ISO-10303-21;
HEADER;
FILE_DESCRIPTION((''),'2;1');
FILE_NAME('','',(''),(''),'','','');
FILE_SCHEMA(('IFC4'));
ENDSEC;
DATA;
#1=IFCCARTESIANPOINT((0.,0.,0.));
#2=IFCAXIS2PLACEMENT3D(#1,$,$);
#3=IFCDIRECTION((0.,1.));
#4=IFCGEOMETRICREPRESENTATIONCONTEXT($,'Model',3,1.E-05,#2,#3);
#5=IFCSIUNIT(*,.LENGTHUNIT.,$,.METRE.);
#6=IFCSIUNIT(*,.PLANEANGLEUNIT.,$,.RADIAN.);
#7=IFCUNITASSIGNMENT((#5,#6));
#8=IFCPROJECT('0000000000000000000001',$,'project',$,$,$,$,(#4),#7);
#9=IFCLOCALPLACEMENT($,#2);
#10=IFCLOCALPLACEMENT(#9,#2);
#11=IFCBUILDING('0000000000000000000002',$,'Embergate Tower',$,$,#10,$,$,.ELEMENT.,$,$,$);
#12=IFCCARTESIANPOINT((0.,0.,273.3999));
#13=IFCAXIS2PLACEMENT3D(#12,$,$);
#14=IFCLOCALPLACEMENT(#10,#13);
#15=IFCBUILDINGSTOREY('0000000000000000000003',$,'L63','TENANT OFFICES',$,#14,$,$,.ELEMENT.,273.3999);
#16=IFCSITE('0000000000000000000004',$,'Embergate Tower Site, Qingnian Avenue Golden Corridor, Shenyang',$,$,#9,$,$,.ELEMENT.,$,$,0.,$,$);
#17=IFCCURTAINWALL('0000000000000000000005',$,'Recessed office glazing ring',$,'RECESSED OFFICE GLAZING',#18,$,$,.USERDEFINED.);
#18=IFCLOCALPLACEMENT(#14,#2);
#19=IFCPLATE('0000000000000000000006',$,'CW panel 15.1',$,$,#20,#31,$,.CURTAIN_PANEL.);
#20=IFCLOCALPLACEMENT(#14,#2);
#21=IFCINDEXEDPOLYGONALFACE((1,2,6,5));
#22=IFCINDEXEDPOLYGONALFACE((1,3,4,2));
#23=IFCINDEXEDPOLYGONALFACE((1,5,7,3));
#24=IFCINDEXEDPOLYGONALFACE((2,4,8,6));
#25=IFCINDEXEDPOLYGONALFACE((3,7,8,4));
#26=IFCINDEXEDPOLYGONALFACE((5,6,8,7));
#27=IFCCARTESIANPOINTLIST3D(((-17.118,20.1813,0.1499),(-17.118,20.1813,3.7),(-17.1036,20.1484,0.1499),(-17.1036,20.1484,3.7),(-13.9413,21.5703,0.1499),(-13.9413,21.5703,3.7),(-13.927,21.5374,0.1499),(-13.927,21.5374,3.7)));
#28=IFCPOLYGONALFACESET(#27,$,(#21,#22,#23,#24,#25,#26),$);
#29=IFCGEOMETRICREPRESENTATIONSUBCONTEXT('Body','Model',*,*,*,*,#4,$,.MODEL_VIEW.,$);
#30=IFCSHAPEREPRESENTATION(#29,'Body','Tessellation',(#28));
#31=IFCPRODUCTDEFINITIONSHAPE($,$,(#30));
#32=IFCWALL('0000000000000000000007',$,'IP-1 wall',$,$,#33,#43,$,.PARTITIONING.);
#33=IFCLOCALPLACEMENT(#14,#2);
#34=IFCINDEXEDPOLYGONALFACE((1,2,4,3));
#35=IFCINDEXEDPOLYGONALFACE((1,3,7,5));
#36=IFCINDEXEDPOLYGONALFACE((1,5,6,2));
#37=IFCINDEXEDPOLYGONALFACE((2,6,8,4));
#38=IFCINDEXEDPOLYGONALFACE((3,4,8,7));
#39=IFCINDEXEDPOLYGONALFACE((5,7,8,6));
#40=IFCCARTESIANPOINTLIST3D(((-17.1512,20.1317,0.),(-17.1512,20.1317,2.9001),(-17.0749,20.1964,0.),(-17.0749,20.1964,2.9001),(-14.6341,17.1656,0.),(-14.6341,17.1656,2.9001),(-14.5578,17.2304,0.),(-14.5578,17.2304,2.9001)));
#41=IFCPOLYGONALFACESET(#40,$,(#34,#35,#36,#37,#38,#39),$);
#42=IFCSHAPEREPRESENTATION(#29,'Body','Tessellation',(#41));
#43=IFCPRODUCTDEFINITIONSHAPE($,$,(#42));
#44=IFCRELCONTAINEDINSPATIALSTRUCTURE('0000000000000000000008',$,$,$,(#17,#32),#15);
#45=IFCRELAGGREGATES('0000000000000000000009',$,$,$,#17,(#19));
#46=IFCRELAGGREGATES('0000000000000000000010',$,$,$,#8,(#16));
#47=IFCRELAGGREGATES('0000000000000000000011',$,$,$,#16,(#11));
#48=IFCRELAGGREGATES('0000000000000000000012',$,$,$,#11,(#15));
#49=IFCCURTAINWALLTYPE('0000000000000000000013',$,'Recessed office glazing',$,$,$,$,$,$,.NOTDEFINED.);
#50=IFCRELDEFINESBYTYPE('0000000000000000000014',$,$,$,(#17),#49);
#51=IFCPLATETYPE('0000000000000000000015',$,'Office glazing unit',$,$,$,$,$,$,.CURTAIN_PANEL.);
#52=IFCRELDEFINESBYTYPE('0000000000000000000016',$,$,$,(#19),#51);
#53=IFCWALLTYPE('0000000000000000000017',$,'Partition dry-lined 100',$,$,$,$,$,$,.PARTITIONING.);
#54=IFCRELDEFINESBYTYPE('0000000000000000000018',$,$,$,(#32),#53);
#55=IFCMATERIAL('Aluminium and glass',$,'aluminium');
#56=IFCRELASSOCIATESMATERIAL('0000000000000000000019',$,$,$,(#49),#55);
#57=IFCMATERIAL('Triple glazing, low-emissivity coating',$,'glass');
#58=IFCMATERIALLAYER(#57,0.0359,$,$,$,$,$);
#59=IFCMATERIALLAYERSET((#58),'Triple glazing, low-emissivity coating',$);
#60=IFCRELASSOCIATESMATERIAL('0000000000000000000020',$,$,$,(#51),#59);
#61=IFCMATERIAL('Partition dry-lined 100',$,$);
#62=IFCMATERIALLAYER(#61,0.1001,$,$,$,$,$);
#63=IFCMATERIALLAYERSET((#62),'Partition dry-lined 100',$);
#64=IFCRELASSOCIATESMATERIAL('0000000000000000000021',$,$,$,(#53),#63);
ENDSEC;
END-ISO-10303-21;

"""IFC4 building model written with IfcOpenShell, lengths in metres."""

from ifc_helpers import new_model, si_unit, direction, frame, frame_2d, origin, origin_2d, place, context, subcontext, project, spatial, rectangle, extrude, source, transform, mapped, material, layer, layer_set, type_object, element, aggregate, save


model = new_model("IFC4")

# Units and contexts
model_context = context("Model", 3, precision=1e-05, world=origin(), true_north=direction((0.0, 1.0)))
body_context = subcontext(model_context, "Body", "Model", "MODEL_VIEW")
ifc_project = project(units=[si_unit("LENGTHUNIT", "METRE"), si_unit("PLANEANGLEUNIT", "RADIAN")], contexts=[model_context])

# Site, building, storey
site_placement = place(None, origin())
site = spatial("IfcSite", under=ifc_project, at=site_placement, Name="Embergate Tower Site, Qingnian Avenue Golden Corridor, Shenyang", CompositionType="ELEMENT", RefElevation=0.0)
building_placement = place(site_placement, origin())
building = spatial("IfcBuilding", under=site, at=building_placement, Name="Embergate Tower", CompositionType="ELEMENT")
storey_placement = place(building_placement, frame((0.0, 0.0, 273.3999)))
storey = spatial("IfcBuildingStorey", under=building, at=storey_placement, Name="L63", Description="TENANT OFFICES", CompositionType="ELEMENT", Elevation=273.3999)

# Curtain wall, plate
ifc_material_1 = material(Name="Aluminium and glass", Category="aluminium")
curtain_wall_type = type_object("IfcCurtainWallType", Name="Recessed office glazing", PredefinedType="NOTDEFINED", material=ifc_material_1)
curtain_wall_placement = place(storey_placement, origin())
curtain_wall = element("IfcCurtainWall", 1, at=curtain_wall_placement, inside=storey, type_object=curtain_wall_type, Name="Recessed office glazing ring", ObjectType="RECESSED OFFICE GLAZING", PredefinedType="USERDEFINED")
ifc_material_2 = material(Name="Triple glazing, low-emissivity coating", Category="glass")
ifc_layer_1 = layer(ifc_material_2, 0.0359)
ifc_layer_set_1 = layer_set([ifc_layer_1], Name="Triple glazing, low-emissivity coating")
plate_type = type_object("IfcPlateType", Name="Office glazing unit", PredefinedType="CURTAIN_PANEL", material=ifc_layer_set_1)
shared_shape_1 = source(origin(), body_context, "Body", "SweptSolid", [
    extrude(rectangle(XDim=3.467, YDim=0.0359, at=origin_2d()), origin(), (0.0, 0.0, 1.0), 3.55),
])
plate_1_placement = place(storey_placement, frame((-15.5225, 20.8594, 0.1499), z_axis=(0.0, 0.0, 1.0), x_axis=(-0.916238, -0.400635, 0.0)))
plate_1 = element("IfcPlate", 2, at=plate_1_placement, type_object=plate_type, Name="CW panel 15.1", PredefinedType="CURTAIN_PANEL", context=body_context, shape_type="MappedRepresentation", body=[
    mapped(shared_shape_1, transform((0.0, 0.0, 0.0))),
])
aggregate(curtain_wall, [plate_1])

# Wall
ifc_material_3 = material(Name="Partition dry-lined 100")
ifc_layer_2 = layer(ifc_material_3, 0.1001)
ifc_layer_set_2 = layer_set([ifc_layer_2], Name="Partition dry-lined 100")
wall_type = type_object("IfcWallType", Name="Partition dry-lined 100", PredefinedType="PARTITIONING", material=ifc_layer_set_2)
shared_shape_2 = source(origin(), body_context, "Body", "SweptSolid", [
    extrude(rectangle(XDim=3.8901, YDim=0.1001, at=frame_2d((1.9451, 0.0))), origin(), (0.0, 0.0, 1.0), 2.9001),
])
wall_placement = place(storey_placement, frame((-14.5959, 17.198, 0.0), z_axis=(0.0, 0.0, 1.0), x_axis=(-0.647042, 0.762455, 0.0)))
element("IfcWall", 3, at=wall_placement, inside=storey, type_object=wall_type, Name="IP-1 wall", PredefinedType="PARTITIONING", context=body_context, shape_type="MappedRepresentation", body=[
    mapped(shared_shape_2, transform((0.0, 0.0, 0.0))),
])

save(model, "model.ifc")
